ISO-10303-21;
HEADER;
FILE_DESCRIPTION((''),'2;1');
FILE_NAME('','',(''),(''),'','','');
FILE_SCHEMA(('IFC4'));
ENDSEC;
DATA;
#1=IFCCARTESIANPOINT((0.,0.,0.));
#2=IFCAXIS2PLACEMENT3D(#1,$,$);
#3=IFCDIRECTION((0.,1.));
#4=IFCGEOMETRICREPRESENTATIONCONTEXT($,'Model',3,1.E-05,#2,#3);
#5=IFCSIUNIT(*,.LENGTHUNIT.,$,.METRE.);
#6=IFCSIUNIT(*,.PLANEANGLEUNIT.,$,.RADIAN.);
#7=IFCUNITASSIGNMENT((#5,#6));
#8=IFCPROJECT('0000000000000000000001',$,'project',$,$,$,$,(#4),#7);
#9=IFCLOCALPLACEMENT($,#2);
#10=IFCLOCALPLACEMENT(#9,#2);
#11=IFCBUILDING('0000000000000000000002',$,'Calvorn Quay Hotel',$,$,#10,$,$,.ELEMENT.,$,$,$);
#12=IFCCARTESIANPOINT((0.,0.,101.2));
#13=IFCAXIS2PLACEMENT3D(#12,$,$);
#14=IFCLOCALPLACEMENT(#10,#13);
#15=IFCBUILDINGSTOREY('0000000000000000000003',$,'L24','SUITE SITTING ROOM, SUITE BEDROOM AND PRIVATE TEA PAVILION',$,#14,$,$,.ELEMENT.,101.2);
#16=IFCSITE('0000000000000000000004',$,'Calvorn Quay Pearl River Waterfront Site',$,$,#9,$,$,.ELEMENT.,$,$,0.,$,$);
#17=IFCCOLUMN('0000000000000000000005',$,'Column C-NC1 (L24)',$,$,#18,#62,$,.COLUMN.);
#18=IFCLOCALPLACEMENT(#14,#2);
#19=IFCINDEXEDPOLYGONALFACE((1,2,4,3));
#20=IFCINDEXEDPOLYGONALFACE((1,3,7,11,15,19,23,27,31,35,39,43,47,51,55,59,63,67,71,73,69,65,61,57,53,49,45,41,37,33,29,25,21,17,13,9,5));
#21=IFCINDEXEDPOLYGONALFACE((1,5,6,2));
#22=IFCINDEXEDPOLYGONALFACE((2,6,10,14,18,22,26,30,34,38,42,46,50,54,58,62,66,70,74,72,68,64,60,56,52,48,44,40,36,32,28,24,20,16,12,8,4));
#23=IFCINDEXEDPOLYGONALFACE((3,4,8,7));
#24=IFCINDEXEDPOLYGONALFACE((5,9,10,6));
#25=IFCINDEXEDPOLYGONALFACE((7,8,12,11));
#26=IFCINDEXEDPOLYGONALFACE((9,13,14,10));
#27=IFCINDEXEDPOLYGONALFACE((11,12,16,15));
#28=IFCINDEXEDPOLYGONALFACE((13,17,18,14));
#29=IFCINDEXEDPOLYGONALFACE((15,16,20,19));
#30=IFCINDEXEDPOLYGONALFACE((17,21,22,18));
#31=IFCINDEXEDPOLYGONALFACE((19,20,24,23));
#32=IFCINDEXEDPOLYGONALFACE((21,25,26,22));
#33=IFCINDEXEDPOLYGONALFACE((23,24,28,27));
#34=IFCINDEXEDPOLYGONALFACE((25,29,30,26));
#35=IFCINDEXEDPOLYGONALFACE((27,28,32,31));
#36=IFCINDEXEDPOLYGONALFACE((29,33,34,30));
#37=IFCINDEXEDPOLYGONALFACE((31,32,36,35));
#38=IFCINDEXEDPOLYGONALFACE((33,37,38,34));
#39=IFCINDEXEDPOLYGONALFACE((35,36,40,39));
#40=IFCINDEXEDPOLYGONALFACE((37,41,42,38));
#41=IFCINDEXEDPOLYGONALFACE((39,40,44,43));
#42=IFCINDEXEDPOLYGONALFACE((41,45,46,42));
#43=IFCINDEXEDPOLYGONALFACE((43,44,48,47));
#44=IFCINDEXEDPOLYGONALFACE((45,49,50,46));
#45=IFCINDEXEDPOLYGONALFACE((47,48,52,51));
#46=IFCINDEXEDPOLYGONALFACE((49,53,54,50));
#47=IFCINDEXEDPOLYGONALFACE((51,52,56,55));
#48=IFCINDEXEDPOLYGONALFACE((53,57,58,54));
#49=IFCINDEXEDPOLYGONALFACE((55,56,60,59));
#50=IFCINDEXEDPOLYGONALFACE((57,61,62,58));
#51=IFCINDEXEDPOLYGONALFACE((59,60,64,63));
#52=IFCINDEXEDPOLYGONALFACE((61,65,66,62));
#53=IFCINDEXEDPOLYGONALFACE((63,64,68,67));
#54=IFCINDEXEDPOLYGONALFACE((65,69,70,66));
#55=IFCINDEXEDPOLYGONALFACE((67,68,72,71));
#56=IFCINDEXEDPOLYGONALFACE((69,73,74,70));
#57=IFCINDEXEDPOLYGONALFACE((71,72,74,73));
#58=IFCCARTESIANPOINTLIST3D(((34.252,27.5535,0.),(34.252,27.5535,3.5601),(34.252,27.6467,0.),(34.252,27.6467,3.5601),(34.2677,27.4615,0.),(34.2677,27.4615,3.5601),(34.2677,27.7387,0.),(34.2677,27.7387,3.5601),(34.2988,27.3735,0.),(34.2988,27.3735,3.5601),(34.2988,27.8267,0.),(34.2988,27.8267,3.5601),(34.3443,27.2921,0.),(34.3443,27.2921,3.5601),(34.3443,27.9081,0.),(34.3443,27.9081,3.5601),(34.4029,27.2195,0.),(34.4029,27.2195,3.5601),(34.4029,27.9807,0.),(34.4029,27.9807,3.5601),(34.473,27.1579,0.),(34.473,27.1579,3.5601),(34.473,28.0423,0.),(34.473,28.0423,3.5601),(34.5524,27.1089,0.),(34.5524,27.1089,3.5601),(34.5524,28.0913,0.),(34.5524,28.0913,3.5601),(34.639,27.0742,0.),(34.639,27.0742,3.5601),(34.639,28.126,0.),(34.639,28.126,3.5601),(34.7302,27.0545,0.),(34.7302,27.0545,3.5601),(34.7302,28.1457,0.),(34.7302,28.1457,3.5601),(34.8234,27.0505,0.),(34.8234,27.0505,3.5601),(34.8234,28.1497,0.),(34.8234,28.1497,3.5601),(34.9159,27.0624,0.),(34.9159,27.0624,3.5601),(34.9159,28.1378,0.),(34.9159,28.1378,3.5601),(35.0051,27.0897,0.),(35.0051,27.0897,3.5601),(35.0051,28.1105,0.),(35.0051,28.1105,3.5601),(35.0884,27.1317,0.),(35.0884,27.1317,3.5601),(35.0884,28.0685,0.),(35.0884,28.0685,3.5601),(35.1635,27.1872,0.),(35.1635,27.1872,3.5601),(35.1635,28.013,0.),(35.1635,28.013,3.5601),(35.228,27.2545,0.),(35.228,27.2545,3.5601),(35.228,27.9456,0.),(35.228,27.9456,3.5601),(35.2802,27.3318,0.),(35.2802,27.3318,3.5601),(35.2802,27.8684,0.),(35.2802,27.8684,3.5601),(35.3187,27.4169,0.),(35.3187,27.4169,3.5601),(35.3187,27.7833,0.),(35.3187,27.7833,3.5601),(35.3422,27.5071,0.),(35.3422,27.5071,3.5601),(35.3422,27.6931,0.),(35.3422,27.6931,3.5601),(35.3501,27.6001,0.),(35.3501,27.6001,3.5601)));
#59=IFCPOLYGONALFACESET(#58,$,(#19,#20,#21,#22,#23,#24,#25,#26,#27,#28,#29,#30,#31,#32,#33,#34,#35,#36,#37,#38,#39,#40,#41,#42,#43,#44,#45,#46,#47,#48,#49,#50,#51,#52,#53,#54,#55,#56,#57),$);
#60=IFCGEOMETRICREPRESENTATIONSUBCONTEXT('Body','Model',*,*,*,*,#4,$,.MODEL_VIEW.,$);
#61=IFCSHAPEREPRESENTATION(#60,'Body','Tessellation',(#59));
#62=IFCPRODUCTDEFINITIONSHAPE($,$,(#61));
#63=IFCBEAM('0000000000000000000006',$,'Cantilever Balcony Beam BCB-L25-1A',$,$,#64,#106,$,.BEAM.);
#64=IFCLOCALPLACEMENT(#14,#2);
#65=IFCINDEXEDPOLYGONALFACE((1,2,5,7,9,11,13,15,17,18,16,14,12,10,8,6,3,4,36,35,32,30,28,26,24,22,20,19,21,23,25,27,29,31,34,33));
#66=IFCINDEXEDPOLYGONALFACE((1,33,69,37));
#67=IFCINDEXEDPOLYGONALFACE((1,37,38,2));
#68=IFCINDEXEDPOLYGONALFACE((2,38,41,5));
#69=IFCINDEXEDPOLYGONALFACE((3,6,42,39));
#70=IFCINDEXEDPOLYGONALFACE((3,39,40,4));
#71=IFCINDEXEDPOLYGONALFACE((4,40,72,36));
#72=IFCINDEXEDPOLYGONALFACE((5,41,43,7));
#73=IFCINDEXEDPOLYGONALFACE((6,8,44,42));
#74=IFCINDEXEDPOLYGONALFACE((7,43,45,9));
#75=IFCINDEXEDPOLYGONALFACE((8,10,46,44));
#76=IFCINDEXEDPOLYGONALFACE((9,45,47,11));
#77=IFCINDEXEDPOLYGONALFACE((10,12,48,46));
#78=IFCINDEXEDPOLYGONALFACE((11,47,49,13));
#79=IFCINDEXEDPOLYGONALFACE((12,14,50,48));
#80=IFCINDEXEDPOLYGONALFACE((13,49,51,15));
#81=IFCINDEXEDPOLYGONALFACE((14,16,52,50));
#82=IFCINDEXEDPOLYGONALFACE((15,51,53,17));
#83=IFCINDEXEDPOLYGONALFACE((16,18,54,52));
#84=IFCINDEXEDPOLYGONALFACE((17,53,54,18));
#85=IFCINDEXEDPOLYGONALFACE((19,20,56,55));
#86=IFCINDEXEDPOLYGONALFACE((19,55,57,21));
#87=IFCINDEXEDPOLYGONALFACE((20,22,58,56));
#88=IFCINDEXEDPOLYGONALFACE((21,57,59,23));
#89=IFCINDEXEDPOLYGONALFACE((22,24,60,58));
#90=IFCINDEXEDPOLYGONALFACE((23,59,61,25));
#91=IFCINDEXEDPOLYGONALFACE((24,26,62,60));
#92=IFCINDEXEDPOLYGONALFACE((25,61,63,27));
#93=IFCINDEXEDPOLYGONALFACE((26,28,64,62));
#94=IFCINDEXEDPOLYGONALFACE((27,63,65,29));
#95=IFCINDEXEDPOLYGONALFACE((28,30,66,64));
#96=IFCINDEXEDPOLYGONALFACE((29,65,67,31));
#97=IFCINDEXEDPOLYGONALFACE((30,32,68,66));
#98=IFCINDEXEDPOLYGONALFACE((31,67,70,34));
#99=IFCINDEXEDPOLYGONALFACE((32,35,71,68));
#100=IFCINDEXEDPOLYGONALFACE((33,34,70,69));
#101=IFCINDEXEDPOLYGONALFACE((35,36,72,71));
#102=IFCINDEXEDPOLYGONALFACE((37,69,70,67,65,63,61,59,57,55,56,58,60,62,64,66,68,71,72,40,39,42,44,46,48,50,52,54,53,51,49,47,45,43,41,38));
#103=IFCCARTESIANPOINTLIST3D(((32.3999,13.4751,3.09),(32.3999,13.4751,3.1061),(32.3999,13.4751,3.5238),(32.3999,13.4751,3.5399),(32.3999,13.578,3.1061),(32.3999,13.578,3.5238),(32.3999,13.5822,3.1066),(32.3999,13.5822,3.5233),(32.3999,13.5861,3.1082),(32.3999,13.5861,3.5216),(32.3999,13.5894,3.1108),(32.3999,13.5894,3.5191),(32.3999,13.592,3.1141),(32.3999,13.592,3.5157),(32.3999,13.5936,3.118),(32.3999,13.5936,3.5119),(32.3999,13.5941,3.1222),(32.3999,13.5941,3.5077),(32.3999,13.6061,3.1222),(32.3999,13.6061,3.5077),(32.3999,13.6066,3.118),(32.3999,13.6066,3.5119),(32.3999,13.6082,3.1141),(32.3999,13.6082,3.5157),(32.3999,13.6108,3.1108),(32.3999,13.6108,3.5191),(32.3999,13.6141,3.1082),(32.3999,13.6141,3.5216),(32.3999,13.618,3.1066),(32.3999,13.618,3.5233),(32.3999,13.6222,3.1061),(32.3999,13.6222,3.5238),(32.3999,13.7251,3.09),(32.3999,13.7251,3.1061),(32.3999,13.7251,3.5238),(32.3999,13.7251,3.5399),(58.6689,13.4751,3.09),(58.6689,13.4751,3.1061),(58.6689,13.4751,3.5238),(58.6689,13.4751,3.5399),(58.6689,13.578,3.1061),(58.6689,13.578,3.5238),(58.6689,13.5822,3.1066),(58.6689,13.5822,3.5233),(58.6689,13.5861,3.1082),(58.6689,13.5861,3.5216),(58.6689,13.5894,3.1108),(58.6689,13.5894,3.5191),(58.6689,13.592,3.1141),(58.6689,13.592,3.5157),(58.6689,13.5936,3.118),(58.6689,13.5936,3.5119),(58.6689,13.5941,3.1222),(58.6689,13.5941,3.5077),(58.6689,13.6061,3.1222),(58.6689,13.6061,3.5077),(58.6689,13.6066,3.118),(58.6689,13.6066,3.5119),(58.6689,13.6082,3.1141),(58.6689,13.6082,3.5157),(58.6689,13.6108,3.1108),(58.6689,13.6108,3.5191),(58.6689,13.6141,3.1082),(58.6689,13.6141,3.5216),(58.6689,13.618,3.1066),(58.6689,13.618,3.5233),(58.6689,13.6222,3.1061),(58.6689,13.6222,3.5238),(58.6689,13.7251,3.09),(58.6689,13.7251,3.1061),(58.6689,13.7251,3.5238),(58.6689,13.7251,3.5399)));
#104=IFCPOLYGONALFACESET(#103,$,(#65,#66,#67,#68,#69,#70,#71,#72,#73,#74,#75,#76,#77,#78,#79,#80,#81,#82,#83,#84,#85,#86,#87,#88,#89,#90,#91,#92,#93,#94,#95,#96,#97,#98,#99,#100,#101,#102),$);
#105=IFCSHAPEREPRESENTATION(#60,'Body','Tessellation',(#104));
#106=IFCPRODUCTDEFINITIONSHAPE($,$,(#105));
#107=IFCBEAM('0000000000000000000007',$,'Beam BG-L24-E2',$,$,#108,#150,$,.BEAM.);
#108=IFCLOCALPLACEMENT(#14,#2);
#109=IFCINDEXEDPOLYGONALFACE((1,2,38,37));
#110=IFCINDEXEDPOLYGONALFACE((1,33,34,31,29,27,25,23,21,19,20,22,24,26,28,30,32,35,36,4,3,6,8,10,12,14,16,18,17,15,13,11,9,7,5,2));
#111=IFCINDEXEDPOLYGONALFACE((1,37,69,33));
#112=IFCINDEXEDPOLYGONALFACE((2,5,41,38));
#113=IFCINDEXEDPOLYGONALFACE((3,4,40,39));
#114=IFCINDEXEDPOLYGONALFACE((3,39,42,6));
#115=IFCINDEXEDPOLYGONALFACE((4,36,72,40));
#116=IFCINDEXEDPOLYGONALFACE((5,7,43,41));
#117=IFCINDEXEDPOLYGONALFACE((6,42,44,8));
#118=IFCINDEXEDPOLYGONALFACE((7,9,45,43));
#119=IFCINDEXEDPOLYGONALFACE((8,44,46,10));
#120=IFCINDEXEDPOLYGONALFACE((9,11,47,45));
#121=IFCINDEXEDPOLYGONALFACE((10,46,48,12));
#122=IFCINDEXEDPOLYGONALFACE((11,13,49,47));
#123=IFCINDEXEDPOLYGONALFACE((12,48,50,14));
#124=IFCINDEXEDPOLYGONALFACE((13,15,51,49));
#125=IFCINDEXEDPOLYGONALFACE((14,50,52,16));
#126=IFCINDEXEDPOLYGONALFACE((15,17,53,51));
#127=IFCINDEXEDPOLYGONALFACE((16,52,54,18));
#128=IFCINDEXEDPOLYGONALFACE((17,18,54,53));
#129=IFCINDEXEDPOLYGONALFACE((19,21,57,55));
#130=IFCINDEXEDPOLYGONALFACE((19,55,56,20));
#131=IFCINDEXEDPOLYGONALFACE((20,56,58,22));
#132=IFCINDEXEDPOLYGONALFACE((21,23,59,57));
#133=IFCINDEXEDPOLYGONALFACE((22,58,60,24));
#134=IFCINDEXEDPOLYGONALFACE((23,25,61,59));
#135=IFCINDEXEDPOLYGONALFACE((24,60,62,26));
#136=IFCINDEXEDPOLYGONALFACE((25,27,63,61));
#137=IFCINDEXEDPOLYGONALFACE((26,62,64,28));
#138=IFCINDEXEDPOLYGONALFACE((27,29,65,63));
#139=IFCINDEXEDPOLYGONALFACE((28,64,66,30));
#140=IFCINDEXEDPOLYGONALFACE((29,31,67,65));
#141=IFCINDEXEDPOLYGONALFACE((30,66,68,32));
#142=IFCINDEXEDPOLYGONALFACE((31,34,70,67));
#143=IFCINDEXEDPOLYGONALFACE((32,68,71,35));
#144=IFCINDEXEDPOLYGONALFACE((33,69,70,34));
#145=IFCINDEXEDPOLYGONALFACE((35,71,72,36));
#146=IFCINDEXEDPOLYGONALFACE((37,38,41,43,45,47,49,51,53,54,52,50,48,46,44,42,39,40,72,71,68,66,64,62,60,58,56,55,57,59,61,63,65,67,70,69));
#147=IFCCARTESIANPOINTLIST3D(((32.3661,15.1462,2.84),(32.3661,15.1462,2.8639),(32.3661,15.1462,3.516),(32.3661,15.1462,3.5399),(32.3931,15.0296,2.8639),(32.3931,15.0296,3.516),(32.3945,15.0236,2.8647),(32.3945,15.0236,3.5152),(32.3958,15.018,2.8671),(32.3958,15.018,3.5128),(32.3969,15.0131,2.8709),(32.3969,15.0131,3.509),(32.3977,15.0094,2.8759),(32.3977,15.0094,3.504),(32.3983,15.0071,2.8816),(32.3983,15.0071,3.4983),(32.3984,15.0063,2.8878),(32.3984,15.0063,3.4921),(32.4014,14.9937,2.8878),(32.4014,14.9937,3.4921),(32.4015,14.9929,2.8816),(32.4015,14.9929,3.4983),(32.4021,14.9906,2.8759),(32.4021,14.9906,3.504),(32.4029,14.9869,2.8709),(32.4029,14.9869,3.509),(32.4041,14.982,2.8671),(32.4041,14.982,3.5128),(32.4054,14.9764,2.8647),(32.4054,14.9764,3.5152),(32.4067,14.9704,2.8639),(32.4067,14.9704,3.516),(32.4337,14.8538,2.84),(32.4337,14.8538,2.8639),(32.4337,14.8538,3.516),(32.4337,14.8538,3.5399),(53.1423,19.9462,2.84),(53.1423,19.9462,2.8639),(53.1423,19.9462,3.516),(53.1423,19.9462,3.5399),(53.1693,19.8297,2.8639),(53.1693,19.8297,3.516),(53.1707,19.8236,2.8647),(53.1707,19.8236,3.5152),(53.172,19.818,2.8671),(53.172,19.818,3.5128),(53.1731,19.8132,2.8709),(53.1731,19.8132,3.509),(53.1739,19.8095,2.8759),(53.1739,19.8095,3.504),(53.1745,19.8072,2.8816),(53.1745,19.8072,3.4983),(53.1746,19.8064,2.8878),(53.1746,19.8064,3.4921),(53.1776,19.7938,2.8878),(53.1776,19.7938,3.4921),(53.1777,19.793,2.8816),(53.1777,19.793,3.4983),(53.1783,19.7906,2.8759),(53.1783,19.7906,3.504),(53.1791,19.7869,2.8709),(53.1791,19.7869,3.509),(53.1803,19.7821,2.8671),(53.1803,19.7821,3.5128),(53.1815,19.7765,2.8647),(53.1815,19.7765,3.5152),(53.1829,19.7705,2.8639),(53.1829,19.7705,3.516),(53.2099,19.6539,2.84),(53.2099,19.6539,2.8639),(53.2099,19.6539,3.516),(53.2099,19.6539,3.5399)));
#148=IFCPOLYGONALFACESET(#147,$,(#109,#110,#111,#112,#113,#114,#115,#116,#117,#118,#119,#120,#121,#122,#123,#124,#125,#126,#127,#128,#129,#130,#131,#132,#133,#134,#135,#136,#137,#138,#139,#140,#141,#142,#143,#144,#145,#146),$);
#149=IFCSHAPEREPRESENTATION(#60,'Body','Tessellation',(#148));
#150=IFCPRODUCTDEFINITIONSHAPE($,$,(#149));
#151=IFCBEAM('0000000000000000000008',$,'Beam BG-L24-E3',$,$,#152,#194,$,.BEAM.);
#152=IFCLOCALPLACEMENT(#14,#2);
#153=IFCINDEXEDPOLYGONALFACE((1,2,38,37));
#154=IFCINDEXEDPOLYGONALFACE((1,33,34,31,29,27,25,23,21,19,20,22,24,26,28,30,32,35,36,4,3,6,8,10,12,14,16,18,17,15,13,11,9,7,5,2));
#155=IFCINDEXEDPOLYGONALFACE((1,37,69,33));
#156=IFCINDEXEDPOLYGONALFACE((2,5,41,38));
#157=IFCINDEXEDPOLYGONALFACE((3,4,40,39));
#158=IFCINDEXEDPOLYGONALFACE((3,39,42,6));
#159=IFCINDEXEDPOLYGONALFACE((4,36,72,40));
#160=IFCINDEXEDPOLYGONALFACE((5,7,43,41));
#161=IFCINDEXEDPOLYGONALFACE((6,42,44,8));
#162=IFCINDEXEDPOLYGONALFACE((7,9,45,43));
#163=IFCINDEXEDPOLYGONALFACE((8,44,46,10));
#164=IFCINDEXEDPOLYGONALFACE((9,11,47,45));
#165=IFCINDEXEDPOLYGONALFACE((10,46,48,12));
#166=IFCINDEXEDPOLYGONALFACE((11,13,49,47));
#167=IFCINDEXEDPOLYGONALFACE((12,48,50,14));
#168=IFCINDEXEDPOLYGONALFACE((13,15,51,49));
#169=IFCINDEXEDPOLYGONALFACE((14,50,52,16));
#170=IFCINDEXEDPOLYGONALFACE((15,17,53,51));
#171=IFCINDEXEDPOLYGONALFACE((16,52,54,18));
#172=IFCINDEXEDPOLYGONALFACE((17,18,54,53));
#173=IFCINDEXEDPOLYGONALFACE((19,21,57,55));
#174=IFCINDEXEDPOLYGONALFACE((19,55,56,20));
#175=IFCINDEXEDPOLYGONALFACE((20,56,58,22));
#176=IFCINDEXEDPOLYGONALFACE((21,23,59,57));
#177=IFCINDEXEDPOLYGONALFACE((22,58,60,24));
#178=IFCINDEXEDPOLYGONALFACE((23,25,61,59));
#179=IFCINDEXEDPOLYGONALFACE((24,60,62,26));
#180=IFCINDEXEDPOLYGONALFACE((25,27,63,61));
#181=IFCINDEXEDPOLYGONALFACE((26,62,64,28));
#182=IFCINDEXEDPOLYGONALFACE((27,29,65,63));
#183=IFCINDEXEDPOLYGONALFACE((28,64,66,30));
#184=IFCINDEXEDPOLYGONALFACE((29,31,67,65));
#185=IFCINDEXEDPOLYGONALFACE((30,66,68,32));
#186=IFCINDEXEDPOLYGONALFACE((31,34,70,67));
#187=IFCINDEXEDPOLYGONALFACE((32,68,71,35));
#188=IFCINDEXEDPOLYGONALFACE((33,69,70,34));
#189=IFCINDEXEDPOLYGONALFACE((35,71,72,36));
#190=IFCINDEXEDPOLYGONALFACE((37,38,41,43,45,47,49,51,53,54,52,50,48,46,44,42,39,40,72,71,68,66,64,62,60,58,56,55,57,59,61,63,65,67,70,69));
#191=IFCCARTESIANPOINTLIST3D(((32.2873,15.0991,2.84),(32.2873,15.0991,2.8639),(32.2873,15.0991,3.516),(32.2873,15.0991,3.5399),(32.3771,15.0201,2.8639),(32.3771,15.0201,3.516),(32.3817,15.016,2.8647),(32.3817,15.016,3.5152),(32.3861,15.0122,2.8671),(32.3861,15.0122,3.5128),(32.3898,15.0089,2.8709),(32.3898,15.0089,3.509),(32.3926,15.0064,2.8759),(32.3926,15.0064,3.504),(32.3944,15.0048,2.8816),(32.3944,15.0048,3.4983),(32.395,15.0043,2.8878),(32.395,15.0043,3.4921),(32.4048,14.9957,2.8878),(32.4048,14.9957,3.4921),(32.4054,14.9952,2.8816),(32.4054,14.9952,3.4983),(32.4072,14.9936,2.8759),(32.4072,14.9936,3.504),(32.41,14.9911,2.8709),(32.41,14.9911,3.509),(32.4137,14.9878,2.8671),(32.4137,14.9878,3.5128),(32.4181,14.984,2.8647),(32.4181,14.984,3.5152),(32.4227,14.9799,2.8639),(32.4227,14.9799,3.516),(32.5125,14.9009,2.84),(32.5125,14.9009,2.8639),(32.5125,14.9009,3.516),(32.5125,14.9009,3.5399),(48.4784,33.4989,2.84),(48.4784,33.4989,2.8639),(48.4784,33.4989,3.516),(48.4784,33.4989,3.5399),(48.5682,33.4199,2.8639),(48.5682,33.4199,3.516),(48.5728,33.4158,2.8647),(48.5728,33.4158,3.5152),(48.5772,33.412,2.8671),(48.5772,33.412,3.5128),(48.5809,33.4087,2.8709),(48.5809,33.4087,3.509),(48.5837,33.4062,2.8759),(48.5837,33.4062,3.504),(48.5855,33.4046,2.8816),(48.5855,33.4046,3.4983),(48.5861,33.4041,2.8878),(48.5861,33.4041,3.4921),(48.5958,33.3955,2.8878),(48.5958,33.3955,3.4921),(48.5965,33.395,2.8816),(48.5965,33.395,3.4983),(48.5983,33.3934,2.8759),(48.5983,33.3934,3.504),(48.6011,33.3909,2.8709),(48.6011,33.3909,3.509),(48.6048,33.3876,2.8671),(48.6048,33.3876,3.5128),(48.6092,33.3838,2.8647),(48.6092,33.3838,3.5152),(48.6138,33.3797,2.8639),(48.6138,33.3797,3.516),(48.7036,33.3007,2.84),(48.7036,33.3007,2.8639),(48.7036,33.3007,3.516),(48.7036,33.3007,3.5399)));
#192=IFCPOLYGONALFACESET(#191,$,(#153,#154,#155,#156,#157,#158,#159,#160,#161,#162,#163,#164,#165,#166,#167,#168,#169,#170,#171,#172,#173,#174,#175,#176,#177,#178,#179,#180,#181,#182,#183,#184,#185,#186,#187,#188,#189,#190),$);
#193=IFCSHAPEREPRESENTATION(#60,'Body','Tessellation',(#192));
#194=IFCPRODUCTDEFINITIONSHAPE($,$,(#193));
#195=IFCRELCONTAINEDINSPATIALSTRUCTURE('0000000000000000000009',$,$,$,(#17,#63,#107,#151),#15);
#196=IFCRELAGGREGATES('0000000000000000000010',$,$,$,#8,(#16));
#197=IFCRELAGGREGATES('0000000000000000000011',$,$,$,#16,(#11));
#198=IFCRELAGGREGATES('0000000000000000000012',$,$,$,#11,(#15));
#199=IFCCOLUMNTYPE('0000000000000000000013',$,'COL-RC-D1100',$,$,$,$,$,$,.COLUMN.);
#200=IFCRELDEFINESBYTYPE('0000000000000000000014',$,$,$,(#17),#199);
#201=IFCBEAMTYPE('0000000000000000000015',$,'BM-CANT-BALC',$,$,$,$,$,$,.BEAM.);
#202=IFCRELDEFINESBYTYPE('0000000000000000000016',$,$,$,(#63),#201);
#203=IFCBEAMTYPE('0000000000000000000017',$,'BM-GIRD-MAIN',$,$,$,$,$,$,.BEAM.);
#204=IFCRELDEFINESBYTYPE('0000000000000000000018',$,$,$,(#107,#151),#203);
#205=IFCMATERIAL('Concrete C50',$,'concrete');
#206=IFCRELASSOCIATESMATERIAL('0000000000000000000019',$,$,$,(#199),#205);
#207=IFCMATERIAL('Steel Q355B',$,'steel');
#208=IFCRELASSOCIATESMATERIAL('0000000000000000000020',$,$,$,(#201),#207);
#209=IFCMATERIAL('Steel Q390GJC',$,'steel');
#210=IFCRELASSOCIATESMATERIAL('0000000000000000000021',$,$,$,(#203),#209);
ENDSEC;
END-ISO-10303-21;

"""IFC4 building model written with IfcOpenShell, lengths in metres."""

from ifc_helpers import new_model, si_unit, direction, frame, origin, origin_2d, place, context, subcontext, project, spatial, circle, i_section, extrude, material, material_profile, profile_set, type_object, element, save


model = new_model("IFC4")

# Units and contexts
model_context = context("Model", 3, precision=1e-05, world=origin(), true_north=direction((0.0, 1.0)))
body_context = subcontext(model_context, "Body", "Model", "MODEL_VIEW")
ifc_project = project(units=[si_unit("LENGTHUNIT", "METRE"), si_unit("PLANEANGLEUNIT", "RADIAN")], contexts=[model_context])

# Site, building, storey
site_placement = place(None, origin())
site = spatial("IfcSite", under=ifc_project, at=site_placement, Name="Calvorn Quay Pearl River Waterfront Site", CompositionType="ELEMENT", RefElevation=0.0)
building_placement = place(site_placement, origin())
building = spatial("IfcBuilding", under=site, at=building_placement, Name="Calvorn Quay Hotel", CompositionType="ELEMENT")
storey_placement = place(building_placement, frame((0.0, 0.0, 101.2)))
storey = spatial("IfcBuildingStorey", under=building, at=storey_placement, Name="L24", Description="SUITE SITTING ROOM, SUITE BEDROOM AND PRIVATE TEA PAVILION", CompositionType="ELEMENT", Elevation=101.2)

# Column
ifc_material_1 = material(Name="Concrete C50", Category="concrete")
ifc_material_profile_1 = material_profile(ifc_material_1, circle(Radius=0.55, at=origin_2d()), Name="RCD1100")
ifc_profile_set_1 = profile_set([ifc_material_profile_1], Name="Concrete C50")
column_type = type_object("IfcColumnType", Name="COL-RC-D1100", PredefinedType="COLUMN", material=ifc_profile_set_1)
column_placement = place(storey_placement, frame((34.8, 27.6001, 0.0), z_axis=(0.0, 0.0, 1.0), x_axis=(1.0, 0.0, 0.0)))
element("IfcColumn", 1, at=column_placement, inside=storey, type_object=column_type, Name="Column C-NC1 (L24)", PredefinedType="COLUMN", context=body_context, shape_type="SweptSolid", body=[
    extrude(circle(Radius=0.55, at=origin_2d()), origin(), (0.0, 0.0, 1.0), 3.5601),
])

# Beams
ifc_material_2 = material(Name="Steel Q355B", Category="steel")
ifc_material_profile_2 = material_profile(ifc_material_2, i_section(OverallWidth=0.25, OverallDepth=0.45, WebThickness=0.012, FlangeThickness=0.0161, FilletRadius=0.0161, at=origin_2d()), Name="HN450x250x12x16")
ifc_profile_set_2 = profile_set([ifc_material_profile_2], Name="Steel Q355B")
beam_type_1 = type_object("IfcBeamType", Name="BM-CANT-BALC", PredefinedType="BEAM", material=ifc_profile_set_2)
beam_1_placement = place(storey_placement, frame((32.3999, 13.6001, 3.3149), z_axis=(1.0, 0.0, 0.0), x_axis=(0.0, 1.0, 0.0)))
element("IfcBeam", 2, at=beam_1_placement, inside=storey, type_object=beam_type_1, Name="Cantilever Balcony Beam BCB-L25-1A", PredefinedType="BEAM", context=body_context, shape_type="SweptSolid", body=[
    extrude(i_section(OverallWidth=0.25, OverallDepth=0.45, WebThickness=0.012, FlangeThickness=0.0161, FilletRadius=0.0161, at=origin_2d()), origin(), (0.0, 0.0, 1.0), 26.269),
])
ifc_material_3 = material(Name="Steel Q390GJC", Category="steel")
ifc_material_profile_3 = material_profile(ifc_material_3, i_section(OverallWidth=0.3, OverallDepth=0.7, WebThickness=0.0129, FlangeThickness=0.0239, FilletRadius=0.0239, at=origin_2d()), Name="HN700x300x13x24")
ifc_profile_set_3 = profile_set([ifc_material_profile_3], Name="Steel Q390GJC")
beam_type_2 = type_object("IfcBeamType", Name="BM-GIRD-MAIN", PredefinedType="BEAM", material=ifc_profile_set_3)
beam_2_placement = place(storey_placement, frame((32.3999, 15.0, 3.1899), z_axis=(0.974334, 0.225107, 0.0), x_axis=(-0.225107, 0.974334, 0.0)))
element("IfcBeam", 3, at=beam_2_placement, inside=storey, type_object=beam_type_2, Name="Beam BG-L24-E2", PredefinedType="BEAM", context=body_context, shape_type="SweptSolid", body=[
    extrude(i_section(OverallWidth=0.3, OverallDepth=0.7, WebThickness=0.0129, FlangeThickness=0.0239, FilletRadius=0.0239, at=origin_2d()), origin(), (0.0, 0.0, 1.0), 21.3235),
])
beam_3_placement = place(storey_placement, frame((32.3999, 15.0, 3.1899), z_axis=(0.660611, 0.750729, 0.0), x_axis=(-0.750729, 0.660611, 0.0)))
element("IfcBeam", 4, at=beam_3_placement, inside=storey, type_object=beam_type_2, Name="Beam BG-L24-E3", PredefinedType="BEAM", context=body_context, shape_type="SweptSolid", body=[
    extrude(i_section(OverallWidth=0.3, OverallDepth=0.7, WebThickness=0.0129, FlangeThickness=0.0239, FilletRadius=0.0239, at=origin_2d()), origin(), (0.0, 0.0, 1.0), 24.5093),
])

save(model, "model.ifc")
